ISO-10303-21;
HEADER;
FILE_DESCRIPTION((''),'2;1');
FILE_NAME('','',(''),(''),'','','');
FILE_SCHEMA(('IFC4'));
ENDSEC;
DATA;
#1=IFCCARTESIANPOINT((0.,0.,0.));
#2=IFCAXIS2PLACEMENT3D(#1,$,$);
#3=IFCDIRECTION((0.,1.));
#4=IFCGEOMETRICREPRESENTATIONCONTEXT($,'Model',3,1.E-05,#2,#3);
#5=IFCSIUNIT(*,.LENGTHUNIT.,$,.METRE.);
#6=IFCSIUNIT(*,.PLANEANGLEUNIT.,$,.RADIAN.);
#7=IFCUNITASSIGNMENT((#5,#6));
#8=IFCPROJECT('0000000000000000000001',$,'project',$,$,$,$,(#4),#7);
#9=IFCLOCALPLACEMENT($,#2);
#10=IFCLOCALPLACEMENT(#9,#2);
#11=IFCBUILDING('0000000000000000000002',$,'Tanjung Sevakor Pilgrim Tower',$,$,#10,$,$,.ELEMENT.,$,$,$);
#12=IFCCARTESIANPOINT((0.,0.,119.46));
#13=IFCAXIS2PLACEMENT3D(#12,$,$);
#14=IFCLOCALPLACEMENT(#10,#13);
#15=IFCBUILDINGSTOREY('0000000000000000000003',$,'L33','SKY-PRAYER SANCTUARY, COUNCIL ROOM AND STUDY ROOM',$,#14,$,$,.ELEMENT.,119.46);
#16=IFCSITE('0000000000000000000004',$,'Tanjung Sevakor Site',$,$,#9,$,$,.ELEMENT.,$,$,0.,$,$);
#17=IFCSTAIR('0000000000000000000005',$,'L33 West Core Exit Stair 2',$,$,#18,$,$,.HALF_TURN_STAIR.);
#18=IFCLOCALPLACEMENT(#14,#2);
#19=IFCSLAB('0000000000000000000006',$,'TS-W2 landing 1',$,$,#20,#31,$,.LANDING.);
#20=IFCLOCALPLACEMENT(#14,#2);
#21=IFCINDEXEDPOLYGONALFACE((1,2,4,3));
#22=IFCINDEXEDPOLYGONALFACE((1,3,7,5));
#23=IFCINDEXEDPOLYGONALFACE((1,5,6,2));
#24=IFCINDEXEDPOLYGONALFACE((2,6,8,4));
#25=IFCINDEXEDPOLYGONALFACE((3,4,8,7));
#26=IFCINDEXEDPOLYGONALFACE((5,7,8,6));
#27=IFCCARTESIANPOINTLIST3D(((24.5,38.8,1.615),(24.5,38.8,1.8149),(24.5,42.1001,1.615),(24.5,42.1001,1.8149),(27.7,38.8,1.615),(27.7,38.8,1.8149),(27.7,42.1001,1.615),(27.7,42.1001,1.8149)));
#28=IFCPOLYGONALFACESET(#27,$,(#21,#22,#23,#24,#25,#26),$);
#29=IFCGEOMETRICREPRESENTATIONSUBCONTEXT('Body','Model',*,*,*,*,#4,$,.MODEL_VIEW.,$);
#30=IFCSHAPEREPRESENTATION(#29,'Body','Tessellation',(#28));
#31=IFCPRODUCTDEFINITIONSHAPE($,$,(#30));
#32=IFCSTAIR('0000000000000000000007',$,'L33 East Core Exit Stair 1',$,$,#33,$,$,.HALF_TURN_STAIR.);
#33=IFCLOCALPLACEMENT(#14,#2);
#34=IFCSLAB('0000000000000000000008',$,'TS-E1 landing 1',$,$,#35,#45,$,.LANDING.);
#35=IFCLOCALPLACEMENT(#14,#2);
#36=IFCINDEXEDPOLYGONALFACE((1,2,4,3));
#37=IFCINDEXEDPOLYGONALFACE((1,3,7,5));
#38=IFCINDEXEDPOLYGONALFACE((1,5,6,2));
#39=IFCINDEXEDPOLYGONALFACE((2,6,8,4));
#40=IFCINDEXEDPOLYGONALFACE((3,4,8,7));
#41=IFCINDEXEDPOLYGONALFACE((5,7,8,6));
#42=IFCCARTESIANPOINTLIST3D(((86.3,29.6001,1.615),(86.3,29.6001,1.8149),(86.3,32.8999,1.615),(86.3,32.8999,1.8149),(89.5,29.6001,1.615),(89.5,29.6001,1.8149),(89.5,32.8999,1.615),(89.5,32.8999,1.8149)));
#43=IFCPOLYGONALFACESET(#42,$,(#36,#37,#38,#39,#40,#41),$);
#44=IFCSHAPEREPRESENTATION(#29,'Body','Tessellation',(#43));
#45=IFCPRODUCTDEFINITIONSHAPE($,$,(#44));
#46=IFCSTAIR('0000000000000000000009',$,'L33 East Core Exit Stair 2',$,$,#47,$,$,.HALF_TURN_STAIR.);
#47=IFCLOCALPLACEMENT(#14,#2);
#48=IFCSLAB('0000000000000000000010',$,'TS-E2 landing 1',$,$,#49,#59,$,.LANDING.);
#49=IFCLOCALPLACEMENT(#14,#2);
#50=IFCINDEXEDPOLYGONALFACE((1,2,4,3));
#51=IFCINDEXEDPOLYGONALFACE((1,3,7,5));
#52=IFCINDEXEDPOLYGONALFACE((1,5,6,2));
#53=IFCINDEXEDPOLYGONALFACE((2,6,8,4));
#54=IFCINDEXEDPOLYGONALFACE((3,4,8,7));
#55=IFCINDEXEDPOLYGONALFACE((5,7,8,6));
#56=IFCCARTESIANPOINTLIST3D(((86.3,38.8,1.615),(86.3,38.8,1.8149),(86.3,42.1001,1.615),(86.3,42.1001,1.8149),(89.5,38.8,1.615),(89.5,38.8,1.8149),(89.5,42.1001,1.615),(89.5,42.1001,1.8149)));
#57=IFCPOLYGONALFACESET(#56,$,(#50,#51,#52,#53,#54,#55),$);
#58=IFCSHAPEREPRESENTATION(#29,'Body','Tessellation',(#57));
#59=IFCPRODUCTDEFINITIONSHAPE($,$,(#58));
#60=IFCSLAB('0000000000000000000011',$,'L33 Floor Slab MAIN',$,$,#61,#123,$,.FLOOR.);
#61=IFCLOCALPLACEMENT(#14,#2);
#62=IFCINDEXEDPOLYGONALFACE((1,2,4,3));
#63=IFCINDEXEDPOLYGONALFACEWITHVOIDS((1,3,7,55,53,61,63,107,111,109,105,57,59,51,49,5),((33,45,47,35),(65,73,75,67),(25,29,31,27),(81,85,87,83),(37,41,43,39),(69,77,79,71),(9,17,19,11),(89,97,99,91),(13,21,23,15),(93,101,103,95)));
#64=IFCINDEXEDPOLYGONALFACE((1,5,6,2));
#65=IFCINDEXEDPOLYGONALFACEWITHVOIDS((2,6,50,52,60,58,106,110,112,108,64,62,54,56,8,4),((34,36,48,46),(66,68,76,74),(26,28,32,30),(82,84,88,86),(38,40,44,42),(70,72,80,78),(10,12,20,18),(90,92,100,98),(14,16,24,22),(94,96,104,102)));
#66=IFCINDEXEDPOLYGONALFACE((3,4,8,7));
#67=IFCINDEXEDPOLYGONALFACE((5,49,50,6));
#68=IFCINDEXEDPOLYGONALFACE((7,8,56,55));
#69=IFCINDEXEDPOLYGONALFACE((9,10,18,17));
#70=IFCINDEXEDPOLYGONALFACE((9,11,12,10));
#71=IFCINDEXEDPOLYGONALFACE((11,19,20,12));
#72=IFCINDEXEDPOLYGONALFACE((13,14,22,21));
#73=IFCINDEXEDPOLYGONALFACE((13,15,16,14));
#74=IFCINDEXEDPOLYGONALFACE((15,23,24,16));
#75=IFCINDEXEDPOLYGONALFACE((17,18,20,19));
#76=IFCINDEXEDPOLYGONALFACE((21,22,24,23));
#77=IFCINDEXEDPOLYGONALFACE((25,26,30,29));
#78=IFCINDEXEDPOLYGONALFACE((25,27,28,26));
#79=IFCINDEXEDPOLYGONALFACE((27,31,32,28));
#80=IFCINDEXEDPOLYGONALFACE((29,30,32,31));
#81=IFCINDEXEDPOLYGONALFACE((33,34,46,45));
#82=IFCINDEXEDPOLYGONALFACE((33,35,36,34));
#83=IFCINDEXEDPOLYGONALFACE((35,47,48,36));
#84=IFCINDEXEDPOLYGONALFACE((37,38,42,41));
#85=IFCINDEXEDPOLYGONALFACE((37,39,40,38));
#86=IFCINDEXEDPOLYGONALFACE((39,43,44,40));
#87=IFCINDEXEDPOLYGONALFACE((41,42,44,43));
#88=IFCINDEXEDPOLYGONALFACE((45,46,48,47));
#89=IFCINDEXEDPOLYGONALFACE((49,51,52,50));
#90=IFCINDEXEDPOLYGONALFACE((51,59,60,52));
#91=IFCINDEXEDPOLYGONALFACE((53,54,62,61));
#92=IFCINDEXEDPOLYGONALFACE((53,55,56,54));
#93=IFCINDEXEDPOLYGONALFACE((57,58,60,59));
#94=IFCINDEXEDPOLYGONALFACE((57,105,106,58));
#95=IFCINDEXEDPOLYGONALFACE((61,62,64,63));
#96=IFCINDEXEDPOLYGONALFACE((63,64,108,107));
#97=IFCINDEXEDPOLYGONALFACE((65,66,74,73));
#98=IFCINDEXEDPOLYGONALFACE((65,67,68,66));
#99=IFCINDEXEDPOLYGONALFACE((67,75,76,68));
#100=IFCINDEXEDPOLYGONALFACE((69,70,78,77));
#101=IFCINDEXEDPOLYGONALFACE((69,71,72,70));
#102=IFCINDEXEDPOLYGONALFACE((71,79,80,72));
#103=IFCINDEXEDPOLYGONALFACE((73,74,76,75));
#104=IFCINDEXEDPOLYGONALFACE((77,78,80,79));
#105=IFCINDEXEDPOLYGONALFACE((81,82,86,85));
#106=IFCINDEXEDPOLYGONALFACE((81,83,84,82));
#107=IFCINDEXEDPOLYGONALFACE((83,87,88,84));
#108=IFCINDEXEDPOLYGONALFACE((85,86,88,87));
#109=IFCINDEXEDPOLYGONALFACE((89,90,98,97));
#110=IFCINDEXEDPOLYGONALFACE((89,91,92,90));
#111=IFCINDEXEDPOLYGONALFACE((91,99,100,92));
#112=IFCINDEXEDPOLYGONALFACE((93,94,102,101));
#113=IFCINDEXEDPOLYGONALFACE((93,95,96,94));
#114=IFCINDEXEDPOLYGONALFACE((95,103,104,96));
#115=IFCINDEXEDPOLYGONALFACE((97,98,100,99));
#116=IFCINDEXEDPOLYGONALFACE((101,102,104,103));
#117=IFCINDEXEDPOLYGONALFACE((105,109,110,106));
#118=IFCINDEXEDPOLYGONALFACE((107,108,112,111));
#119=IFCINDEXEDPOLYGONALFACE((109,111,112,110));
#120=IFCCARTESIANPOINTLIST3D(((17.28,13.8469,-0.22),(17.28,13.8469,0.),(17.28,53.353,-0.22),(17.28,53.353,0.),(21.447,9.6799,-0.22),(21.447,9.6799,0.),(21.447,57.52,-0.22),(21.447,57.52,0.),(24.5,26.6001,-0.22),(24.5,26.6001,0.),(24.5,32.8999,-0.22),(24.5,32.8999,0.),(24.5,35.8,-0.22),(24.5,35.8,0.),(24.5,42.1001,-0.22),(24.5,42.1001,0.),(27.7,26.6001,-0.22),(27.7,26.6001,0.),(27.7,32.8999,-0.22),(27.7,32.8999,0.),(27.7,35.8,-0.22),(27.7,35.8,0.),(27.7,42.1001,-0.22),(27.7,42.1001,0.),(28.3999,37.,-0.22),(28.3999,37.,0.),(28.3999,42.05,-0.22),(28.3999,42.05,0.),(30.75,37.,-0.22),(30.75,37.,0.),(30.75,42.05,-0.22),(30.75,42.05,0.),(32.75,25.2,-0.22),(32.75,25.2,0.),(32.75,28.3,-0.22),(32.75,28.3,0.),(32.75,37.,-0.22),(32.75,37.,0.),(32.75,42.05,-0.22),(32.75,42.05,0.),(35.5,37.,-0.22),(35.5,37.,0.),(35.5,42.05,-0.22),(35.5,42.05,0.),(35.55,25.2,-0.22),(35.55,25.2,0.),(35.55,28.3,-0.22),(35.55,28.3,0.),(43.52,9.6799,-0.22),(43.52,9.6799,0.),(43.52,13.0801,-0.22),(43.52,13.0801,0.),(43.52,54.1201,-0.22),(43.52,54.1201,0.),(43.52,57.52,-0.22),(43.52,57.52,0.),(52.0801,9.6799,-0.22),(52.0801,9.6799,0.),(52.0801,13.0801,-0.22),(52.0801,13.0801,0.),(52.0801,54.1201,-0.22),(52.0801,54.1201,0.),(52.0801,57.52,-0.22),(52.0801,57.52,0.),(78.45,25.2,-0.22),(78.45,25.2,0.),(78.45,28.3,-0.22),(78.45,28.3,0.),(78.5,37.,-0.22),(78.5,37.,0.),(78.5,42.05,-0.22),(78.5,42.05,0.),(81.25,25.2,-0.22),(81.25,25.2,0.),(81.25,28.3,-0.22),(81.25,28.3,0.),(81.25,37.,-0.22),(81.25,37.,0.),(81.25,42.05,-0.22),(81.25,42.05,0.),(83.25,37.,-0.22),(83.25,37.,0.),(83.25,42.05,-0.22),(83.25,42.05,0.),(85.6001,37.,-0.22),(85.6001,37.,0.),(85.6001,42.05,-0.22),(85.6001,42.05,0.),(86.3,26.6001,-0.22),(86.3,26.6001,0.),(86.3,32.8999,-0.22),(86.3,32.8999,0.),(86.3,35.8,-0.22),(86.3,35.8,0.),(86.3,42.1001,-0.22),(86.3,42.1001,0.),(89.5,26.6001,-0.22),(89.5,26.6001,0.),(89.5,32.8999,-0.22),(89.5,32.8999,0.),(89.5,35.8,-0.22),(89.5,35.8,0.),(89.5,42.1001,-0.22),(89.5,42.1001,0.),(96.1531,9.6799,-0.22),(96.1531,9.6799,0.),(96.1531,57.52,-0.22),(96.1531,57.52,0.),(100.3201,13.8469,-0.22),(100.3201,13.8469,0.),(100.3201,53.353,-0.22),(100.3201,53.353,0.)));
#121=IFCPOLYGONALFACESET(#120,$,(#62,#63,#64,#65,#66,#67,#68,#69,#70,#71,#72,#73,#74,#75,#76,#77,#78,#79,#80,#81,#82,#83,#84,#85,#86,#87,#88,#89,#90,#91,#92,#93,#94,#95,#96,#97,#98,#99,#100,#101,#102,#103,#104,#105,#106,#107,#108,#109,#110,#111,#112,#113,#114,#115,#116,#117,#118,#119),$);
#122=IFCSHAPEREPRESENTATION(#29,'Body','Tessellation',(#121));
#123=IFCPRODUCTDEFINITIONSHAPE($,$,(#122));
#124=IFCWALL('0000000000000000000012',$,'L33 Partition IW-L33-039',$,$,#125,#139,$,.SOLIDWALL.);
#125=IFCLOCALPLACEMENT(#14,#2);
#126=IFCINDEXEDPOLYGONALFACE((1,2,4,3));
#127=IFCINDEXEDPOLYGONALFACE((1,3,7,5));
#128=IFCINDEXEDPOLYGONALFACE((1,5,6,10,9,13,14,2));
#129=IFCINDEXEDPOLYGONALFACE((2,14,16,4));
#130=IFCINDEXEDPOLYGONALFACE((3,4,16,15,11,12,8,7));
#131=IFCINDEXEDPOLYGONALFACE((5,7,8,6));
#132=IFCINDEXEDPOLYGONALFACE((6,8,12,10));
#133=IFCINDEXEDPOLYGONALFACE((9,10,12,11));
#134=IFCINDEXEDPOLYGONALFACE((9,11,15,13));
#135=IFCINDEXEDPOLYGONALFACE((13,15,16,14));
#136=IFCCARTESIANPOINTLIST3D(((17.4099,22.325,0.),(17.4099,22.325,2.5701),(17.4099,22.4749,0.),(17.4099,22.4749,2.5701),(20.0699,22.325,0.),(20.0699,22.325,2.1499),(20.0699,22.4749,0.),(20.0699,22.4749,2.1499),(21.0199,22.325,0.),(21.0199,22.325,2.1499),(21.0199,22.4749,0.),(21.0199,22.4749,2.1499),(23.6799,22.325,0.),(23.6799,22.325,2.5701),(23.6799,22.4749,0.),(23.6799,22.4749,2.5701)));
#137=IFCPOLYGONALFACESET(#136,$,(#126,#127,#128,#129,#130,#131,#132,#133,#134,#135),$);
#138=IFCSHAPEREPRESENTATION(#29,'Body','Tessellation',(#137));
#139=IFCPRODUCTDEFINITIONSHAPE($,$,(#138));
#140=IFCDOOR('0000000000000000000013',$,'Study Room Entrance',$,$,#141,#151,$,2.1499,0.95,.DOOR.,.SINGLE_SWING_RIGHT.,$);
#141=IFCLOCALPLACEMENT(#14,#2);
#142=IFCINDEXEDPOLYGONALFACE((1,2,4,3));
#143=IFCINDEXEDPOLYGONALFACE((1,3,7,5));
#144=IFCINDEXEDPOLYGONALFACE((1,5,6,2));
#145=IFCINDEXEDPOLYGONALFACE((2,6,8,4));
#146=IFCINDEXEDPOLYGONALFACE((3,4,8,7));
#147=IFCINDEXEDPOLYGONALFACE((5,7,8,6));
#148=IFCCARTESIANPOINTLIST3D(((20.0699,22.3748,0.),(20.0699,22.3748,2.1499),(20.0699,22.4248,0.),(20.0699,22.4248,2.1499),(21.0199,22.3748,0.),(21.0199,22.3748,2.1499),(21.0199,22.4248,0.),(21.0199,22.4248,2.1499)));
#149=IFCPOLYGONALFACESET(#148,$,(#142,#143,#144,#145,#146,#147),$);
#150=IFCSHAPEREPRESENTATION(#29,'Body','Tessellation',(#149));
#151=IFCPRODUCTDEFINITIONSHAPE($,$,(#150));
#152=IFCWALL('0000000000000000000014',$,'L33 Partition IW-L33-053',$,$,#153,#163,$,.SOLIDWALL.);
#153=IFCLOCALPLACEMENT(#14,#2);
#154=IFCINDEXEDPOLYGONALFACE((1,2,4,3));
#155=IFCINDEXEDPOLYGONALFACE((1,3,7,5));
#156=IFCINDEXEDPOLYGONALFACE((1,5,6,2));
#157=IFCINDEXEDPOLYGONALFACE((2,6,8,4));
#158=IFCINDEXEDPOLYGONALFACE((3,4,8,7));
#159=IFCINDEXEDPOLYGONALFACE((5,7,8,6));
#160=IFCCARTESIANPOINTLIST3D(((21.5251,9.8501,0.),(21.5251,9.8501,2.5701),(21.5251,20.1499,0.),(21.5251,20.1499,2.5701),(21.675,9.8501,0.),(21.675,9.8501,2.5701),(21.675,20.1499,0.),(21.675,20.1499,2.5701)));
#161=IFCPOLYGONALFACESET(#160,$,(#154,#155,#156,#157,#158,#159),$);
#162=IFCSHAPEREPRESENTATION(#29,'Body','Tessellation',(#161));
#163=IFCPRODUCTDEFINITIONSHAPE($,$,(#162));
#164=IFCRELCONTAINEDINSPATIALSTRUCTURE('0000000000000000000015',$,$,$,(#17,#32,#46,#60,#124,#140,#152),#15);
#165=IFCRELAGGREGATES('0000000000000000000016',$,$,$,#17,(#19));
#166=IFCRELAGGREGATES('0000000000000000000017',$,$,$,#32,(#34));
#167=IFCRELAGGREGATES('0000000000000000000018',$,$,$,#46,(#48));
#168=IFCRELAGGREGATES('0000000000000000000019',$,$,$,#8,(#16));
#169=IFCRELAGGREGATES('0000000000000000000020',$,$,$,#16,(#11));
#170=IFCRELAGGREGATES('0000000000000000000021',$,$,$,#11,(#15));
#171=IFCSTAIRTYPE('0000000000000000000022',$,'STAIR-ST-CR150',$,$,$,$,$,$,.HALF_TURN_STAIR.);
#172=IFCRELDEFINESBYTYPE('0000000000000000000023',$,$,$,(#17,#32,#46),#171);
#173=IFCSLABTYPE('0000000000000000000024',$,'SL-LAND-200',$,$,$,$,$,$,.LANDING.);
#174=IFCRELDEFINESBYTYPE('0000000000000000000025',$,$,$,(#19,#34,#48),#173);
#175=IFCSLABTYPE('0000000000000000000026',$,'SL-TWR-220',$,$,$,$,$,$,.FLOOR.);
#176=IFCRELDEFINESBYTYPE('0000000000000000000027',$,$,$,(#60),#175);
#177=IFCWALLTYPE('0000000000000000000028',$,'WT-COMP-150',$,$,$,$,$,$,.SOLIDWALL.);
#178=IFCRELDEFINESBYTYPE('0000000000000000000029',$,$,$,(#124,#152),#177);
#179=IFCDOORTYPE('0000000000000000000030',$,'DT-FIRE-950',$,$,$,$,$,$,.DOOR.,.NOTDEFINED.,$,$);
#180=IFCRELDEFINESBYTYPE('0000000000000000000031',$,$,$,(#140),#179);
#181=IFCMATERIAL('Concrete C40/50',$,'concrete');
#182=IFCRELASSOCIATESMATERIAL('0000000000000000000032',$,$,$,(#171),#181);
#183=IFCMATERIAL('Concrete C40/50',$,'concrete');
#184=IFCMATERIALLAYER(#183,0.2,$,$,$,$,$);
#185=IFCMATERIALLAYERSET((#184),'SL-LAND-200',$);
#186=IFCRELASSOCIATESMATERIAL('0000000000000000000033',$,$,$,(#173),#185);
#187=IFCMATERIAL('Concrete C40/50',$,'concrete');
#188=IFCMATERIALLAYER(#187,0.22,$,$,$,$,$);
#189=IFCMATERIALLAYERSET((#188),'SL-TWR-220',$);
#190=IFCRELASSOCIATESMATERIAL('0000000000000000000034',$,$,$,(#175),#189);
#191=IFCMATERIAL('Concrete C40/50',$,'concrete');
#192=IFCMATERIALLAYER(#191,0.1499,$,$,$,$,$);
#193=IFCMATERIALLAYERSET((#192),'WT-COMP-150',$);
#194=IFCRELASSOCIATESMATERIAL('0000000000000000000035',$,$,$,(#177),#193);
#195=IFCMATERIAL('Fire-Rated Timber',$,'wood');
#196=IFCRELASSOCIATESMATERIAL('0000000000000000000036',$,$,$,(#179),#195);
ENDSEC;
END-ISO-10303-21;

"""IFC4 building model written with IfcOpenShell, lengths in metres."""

from ifc_helpers import new_model, si_unit, direction, frame, frame_2d, origin, place, context, subcontext, project, spatial, polyline, rectangle, outline, extrude, material, layer, layer_set, type_object, element, fill, aggregate, save


model = new_model("IFC4")

# Units and contexts
model_context = context("Model", 3, precision=1e-05, world=origin(), true_north=direction((0.0, 1.0)))
body_context = subcontext(model_context, "Body", "Model", "MODEL_VIEW")
ifc_project = project(units=[si_unit("LENGTHUNIT", "METRE"), si_unit("PLANEANGLEUNIT", "RADIAN")], contexts=[model_context])

# Site, building, storey
site_placement = place(None, origin())
site = spatial("IfcSite", under=ifc_project, at=site_placement, Name="Tanjung Sevakor Site", CompositionType="ELEMENT", RefElevation=0.0)
building_placement = place(site_placement, origin())
building = spatial("IfcBuilding", under=site, at=building_placement, Name="Tanjung Sevakor Pilgrim Tower", CompositionType="ELEMENT")
storey_placement = place(building_placement, frame((0.0, 0.0, 119.46)))
storey = spatial("IfcBuildingStorey", under=building, at=storey_placement, Name="L33", Description="SKY-PRAYER SANCTUARY, COUNCIL ROOM AND STUDY ROOM", CompositionType="ELEMENT", Elevation=119.46)

# Stairs, slabs
ifc_material_1 = material(Name="Concrete C40/50", Category="concrete")
stair_type = type_object("IfcStairType", Name="STAIR-ST-CR150", PredefinedType="HALF_TURN_STAIR", material=ifc_material_1)
ifc_material_2 = material(Name="Concrete C40/50", Category="concrete")
ifc_layer_1 = layer(ifc_material_2, 0.2)
ifc_layer_set_1 = layer_set([ifc_layer_1], Name="SL-LAND-200")
slab_type_1 = type_object("IfcSlabType", Name="SL-LAND-200", PredefinedType="LANDING", material=ifc_layer_set_1)
stair_1_placement = place(storey_placement, origin())
stair_1 = element("IfcStair", 1, at=stair_1_placement, inside=storey, type_object=stair_type, Name="L33 West Core Exit Stair 2", PredefinedType="HALF_TURN_STAIR")
slab_1_placement = place(storey_placement, frame((0.0, 0.0, 1.615)))
slab_1 = element("IfcSlab", 2, at=slab_1_placement, type_object=slab_type_1, Name="TS-W2 landing 1", PredefinedType="LANDING", context=body_context, shape_type="SweptSolid", body=[
    extrude(outline(polyline([(27.7, 38.8), (27.7, 42.1001), (24.5, 42.1001), (24.5, 38.8), (27.7, 38.8)])), origin(), (0.0, 0.0, 1.0), 0.2),
])
aggregate(stair_1, [slab_1])
stair_2_placement = place(storey_placement, origin())
stair_2 = element("IfcStair", 3, at=stair_2_placement, inside=storey, type_object=stair_type, Name="L33 East Core Exit Stair 1", PredefinedType="HALF_TURN_STAIR")
slab_2_placement = place(storey_placement, frame((0.0, 0.0, 1.615)))
slab_2 = element("IfcSlab", 4, at=slab_2_placement, type_object=slab_type_1, Name="TS-E1 landing 1", PredefinedType="LANDING", context=body_context, shape_type="SweptSolid", body=[
    extrude(outline(polyline([(89.5, 29.6001), (89.5, 32.8999), (86.3, 32.8999), (86.3, 29.6001), (89.5, 29.6001)])), origin(), (0.0, 0.0, 1.0), 0.2),
])
aggregate(stair_2, [slab_2])
stair_3_placement = place(storey_placement, origin())
stair_3 = element("IfcStair", 5, at=stair_3_placement, inside=storey, type_object=stair_type, Name="L33 East Core Exit Stair 2", PredefinedType="HALF_TURN_STAIR")
slab_3_placement = place(storey_placement, frame((0.0, 0.0, 1.615)))
slab_3 = element("IfcSlab", 6, at=slab_3_placement, type_object=slab_type_1, Name="TS-E2 landing 1", PredefinedType="LANDING", context=body_context, shape_type="SweptSolid", body=[
    extrude(outline(polyline([(89.5, 38.8), (89.5, 42.1001), (86.3, 42.1001), (86.3, 38.8), (89.5, 38.8)])), origin(), (0.0, 0.0, 1.0), 0.2),
])
aggregate(stair_3, [slab_3])

# Slab
ifc_material_3 = material(Name="Concrete C40/50", Category="concrete")
ifc_layer_2 = layer(ifc_material_3, 0.22)
ifc_layer_set_2 = layer_set([ifc_layer_2], Name="SL-TWR-220")
slab_type_2 = type_object("IfcSlabType", Name="SL-TWR-220", PredefinedType="FLOOR", material=ifc_layer_set_2)
slab_4_placement = place(storey_placement, frame((0.0, 0.0, -0.22)))
element("IfcSlab", 7, at=slab_4_placement, inside=storey, type_object=slab_type_2, Name="L33 Floor Slab MAIN", PredefinedType="FLOOR", context=body_context, shape_type="SweptSolid", body=[
    extrude(outline(polyline([(21.447, 9.6799), (43.52, 9.6799), (43.52, 13.0801), (52.0801, 13.0801), (52.0801, 9.6799), (96.1531, 9.6799), (100.3201, 13.8469), (100.3201, 53.353), (96.1531, 57.52), (52.0801, 57.52), (52.0801, 54.1201), (43.52, 54.1201), (43.52, 57.52), (21.447, 57.52), (17.28, 53.353), (17.28, 13.8469), (21.447, 9.6799)]), holes=[polyline([(27.7, 26.6001), (27.7, 32.8999), (24.5, 32.8999), (24.5, 26.6001), (27.7, 26.6001)]), polyline([(27.7, 35.8), (27.7, 42.1001), (24.5, 42.1001), (24.5, 35.8), (27.7, 35.8)]), polyline([(89.5, 26.6001), (89.5, 32.8999), (86.3, 32.8999), (86.3, 26.6001), (89.5, 26.6001)]), polyline([(89.5, 35.8), (89.5, 42.1001), (86.3, 42.1001), (86.3, 35.8), (89.5, 35.8)]), polyline([(32.75, 25.2), (35.55, 25.2), (35.55, 28.3), (32.75, 28.3), (32.75, 25.2)]), polyline([(28.3999, 37.0), (30.75, 37.0), (30.75, 42.05), (28.3999, 42.05), (28.3999, 37.0)]), polyline([(32.75, 37.0), (35.5, 37.0), (35.5, 42.05), (32.75, 42.05), (32.75, 37.0)]), polyline([(78.45, 25.2), (81.25, 25.2), (81.25, 28.3), (78.45, 28.3), (78.45, 25.2)]), polyline([(83.25, 37.0), (85.6001, 37.0), (85.6001, 42.05), (83.25, 42.05), (83.25, 37.0)]), polyline([(78.5, 37.0), (81.25, 37.0), (81.25, 42.05), (78.5, 42.05), (78.5, 37.0)])]), origin(), (0.0, 0.0, 1.0), 0.22),
])

# Wall, opening, door
ifc_material_4 = material(Name="Concrete C40/50", Category="concrete")
ifc_layer_3 = layer(ifc_material_4, 0.1499)
ifc_layer_set_3 = layer_set([ifc_layer_3], Name="WT-COMP-150")
wall_type_1 = type_object("IfcWallType", Name="WT-COMP-150", PredefinedType="SOLIDWALL", material=ifc_layer_set_3)
wall_1_placement = place(storey_placement, frame((17.4099, 22.3999, 0.0), z_axis=(0.0, 0.0, 1.0), x_axis=(1.0, 0.0, 0.0)))
wall_1 = element("IfcWall", 8, at=wall_1_placement, inside=storey, type_object=wall_type_1, Name="L33 Partition IW-L33-039", PredefinedType="SOLIDWALL", context=body_context, shape_type="SweptSolid", body=[
    extrude(rectangle(XDim=6.27, YDim=0.1499, at=frame_2d((3.135, 0.0))), origin(), (0.0, 0.0, 1.0), 2.5701),
])
opening_1_placement = place(wall_1_placement, frame((2.6599, 0.0, 0.0)))
opening_1 = element("IfcOpeningElement", 9, at=opening_1_placement, cuts=wall_1, PredefinedType="OPENING", context=body_context, shape_type="SweptSolid", body=[
    extrude(rectangle(XDim=0.95, YDim=2.1499, at=frame_2d((0.4751, 1.075))), frame((0.0, 0.085, 0.0), z_axis=(0.0, -1.0, 0.0), x_axis=(1.0, 0.0, 0.0)), (0.0, 0.0, 1.0), 0.1699),
])
ifc_material_5 = material(Name="Fire-Rated Timber", Category="wood")
door_type_1 = type_object("IfcDoorType", Name="DT-FIRE-950", OperationType="NOTDEFINED", PredefinedType="DOOR", material=ifc_material_5)
door_1_placement = place(opening_1_placement, origin())
door_1 = element("IfcDoor", 10, at=door_1_placement, inside=storey, type_object=door_type_1, Name="Study Room Entrance", OperationType="SINGLE_SWING_RIGHT", OverallHeight=2.1499, OverallWidth=0.95, PredefinedType="DOOR", context=body_context, shape_type="SweptSolid", body=[
    extrude(rectangle(XDim=0.95, YDim=2.1499, at=frame_2d((0.4751, 1.075))), frame((0.0, 0.0249, 0.0), z_axis=(0.0, -1.0, 0.0), x_axis=(1.0, 0.0, 0.0)), (0.0, 0.0, 1.0), 0.05),
])
fill(opening_1, door_1)

# Wall
wall_2_placement = place(storey_placement, frame((21.6001, 9.8501, 0.0), z_axis=(0.0, 0.0, 1.0), x_axis=(0.0, 1.0, 0.0)))
element("IfcWall", 11, at=wall_2_placement, inside=storey, type_object=wall_type_1, Name="L33 Partition IW-L33-053", PredefinedType="SOLIDWALL", context=body_context, shape_type="SweptSolid", body=[
    extrude(rectangle(XDim=10.2998, YDim=0.1499, at=frame_2d((5.1499, 0.0))), origin(), (0.0, 0.0, 1.0), 2.5701),
])

save(model, "model.ifc")
